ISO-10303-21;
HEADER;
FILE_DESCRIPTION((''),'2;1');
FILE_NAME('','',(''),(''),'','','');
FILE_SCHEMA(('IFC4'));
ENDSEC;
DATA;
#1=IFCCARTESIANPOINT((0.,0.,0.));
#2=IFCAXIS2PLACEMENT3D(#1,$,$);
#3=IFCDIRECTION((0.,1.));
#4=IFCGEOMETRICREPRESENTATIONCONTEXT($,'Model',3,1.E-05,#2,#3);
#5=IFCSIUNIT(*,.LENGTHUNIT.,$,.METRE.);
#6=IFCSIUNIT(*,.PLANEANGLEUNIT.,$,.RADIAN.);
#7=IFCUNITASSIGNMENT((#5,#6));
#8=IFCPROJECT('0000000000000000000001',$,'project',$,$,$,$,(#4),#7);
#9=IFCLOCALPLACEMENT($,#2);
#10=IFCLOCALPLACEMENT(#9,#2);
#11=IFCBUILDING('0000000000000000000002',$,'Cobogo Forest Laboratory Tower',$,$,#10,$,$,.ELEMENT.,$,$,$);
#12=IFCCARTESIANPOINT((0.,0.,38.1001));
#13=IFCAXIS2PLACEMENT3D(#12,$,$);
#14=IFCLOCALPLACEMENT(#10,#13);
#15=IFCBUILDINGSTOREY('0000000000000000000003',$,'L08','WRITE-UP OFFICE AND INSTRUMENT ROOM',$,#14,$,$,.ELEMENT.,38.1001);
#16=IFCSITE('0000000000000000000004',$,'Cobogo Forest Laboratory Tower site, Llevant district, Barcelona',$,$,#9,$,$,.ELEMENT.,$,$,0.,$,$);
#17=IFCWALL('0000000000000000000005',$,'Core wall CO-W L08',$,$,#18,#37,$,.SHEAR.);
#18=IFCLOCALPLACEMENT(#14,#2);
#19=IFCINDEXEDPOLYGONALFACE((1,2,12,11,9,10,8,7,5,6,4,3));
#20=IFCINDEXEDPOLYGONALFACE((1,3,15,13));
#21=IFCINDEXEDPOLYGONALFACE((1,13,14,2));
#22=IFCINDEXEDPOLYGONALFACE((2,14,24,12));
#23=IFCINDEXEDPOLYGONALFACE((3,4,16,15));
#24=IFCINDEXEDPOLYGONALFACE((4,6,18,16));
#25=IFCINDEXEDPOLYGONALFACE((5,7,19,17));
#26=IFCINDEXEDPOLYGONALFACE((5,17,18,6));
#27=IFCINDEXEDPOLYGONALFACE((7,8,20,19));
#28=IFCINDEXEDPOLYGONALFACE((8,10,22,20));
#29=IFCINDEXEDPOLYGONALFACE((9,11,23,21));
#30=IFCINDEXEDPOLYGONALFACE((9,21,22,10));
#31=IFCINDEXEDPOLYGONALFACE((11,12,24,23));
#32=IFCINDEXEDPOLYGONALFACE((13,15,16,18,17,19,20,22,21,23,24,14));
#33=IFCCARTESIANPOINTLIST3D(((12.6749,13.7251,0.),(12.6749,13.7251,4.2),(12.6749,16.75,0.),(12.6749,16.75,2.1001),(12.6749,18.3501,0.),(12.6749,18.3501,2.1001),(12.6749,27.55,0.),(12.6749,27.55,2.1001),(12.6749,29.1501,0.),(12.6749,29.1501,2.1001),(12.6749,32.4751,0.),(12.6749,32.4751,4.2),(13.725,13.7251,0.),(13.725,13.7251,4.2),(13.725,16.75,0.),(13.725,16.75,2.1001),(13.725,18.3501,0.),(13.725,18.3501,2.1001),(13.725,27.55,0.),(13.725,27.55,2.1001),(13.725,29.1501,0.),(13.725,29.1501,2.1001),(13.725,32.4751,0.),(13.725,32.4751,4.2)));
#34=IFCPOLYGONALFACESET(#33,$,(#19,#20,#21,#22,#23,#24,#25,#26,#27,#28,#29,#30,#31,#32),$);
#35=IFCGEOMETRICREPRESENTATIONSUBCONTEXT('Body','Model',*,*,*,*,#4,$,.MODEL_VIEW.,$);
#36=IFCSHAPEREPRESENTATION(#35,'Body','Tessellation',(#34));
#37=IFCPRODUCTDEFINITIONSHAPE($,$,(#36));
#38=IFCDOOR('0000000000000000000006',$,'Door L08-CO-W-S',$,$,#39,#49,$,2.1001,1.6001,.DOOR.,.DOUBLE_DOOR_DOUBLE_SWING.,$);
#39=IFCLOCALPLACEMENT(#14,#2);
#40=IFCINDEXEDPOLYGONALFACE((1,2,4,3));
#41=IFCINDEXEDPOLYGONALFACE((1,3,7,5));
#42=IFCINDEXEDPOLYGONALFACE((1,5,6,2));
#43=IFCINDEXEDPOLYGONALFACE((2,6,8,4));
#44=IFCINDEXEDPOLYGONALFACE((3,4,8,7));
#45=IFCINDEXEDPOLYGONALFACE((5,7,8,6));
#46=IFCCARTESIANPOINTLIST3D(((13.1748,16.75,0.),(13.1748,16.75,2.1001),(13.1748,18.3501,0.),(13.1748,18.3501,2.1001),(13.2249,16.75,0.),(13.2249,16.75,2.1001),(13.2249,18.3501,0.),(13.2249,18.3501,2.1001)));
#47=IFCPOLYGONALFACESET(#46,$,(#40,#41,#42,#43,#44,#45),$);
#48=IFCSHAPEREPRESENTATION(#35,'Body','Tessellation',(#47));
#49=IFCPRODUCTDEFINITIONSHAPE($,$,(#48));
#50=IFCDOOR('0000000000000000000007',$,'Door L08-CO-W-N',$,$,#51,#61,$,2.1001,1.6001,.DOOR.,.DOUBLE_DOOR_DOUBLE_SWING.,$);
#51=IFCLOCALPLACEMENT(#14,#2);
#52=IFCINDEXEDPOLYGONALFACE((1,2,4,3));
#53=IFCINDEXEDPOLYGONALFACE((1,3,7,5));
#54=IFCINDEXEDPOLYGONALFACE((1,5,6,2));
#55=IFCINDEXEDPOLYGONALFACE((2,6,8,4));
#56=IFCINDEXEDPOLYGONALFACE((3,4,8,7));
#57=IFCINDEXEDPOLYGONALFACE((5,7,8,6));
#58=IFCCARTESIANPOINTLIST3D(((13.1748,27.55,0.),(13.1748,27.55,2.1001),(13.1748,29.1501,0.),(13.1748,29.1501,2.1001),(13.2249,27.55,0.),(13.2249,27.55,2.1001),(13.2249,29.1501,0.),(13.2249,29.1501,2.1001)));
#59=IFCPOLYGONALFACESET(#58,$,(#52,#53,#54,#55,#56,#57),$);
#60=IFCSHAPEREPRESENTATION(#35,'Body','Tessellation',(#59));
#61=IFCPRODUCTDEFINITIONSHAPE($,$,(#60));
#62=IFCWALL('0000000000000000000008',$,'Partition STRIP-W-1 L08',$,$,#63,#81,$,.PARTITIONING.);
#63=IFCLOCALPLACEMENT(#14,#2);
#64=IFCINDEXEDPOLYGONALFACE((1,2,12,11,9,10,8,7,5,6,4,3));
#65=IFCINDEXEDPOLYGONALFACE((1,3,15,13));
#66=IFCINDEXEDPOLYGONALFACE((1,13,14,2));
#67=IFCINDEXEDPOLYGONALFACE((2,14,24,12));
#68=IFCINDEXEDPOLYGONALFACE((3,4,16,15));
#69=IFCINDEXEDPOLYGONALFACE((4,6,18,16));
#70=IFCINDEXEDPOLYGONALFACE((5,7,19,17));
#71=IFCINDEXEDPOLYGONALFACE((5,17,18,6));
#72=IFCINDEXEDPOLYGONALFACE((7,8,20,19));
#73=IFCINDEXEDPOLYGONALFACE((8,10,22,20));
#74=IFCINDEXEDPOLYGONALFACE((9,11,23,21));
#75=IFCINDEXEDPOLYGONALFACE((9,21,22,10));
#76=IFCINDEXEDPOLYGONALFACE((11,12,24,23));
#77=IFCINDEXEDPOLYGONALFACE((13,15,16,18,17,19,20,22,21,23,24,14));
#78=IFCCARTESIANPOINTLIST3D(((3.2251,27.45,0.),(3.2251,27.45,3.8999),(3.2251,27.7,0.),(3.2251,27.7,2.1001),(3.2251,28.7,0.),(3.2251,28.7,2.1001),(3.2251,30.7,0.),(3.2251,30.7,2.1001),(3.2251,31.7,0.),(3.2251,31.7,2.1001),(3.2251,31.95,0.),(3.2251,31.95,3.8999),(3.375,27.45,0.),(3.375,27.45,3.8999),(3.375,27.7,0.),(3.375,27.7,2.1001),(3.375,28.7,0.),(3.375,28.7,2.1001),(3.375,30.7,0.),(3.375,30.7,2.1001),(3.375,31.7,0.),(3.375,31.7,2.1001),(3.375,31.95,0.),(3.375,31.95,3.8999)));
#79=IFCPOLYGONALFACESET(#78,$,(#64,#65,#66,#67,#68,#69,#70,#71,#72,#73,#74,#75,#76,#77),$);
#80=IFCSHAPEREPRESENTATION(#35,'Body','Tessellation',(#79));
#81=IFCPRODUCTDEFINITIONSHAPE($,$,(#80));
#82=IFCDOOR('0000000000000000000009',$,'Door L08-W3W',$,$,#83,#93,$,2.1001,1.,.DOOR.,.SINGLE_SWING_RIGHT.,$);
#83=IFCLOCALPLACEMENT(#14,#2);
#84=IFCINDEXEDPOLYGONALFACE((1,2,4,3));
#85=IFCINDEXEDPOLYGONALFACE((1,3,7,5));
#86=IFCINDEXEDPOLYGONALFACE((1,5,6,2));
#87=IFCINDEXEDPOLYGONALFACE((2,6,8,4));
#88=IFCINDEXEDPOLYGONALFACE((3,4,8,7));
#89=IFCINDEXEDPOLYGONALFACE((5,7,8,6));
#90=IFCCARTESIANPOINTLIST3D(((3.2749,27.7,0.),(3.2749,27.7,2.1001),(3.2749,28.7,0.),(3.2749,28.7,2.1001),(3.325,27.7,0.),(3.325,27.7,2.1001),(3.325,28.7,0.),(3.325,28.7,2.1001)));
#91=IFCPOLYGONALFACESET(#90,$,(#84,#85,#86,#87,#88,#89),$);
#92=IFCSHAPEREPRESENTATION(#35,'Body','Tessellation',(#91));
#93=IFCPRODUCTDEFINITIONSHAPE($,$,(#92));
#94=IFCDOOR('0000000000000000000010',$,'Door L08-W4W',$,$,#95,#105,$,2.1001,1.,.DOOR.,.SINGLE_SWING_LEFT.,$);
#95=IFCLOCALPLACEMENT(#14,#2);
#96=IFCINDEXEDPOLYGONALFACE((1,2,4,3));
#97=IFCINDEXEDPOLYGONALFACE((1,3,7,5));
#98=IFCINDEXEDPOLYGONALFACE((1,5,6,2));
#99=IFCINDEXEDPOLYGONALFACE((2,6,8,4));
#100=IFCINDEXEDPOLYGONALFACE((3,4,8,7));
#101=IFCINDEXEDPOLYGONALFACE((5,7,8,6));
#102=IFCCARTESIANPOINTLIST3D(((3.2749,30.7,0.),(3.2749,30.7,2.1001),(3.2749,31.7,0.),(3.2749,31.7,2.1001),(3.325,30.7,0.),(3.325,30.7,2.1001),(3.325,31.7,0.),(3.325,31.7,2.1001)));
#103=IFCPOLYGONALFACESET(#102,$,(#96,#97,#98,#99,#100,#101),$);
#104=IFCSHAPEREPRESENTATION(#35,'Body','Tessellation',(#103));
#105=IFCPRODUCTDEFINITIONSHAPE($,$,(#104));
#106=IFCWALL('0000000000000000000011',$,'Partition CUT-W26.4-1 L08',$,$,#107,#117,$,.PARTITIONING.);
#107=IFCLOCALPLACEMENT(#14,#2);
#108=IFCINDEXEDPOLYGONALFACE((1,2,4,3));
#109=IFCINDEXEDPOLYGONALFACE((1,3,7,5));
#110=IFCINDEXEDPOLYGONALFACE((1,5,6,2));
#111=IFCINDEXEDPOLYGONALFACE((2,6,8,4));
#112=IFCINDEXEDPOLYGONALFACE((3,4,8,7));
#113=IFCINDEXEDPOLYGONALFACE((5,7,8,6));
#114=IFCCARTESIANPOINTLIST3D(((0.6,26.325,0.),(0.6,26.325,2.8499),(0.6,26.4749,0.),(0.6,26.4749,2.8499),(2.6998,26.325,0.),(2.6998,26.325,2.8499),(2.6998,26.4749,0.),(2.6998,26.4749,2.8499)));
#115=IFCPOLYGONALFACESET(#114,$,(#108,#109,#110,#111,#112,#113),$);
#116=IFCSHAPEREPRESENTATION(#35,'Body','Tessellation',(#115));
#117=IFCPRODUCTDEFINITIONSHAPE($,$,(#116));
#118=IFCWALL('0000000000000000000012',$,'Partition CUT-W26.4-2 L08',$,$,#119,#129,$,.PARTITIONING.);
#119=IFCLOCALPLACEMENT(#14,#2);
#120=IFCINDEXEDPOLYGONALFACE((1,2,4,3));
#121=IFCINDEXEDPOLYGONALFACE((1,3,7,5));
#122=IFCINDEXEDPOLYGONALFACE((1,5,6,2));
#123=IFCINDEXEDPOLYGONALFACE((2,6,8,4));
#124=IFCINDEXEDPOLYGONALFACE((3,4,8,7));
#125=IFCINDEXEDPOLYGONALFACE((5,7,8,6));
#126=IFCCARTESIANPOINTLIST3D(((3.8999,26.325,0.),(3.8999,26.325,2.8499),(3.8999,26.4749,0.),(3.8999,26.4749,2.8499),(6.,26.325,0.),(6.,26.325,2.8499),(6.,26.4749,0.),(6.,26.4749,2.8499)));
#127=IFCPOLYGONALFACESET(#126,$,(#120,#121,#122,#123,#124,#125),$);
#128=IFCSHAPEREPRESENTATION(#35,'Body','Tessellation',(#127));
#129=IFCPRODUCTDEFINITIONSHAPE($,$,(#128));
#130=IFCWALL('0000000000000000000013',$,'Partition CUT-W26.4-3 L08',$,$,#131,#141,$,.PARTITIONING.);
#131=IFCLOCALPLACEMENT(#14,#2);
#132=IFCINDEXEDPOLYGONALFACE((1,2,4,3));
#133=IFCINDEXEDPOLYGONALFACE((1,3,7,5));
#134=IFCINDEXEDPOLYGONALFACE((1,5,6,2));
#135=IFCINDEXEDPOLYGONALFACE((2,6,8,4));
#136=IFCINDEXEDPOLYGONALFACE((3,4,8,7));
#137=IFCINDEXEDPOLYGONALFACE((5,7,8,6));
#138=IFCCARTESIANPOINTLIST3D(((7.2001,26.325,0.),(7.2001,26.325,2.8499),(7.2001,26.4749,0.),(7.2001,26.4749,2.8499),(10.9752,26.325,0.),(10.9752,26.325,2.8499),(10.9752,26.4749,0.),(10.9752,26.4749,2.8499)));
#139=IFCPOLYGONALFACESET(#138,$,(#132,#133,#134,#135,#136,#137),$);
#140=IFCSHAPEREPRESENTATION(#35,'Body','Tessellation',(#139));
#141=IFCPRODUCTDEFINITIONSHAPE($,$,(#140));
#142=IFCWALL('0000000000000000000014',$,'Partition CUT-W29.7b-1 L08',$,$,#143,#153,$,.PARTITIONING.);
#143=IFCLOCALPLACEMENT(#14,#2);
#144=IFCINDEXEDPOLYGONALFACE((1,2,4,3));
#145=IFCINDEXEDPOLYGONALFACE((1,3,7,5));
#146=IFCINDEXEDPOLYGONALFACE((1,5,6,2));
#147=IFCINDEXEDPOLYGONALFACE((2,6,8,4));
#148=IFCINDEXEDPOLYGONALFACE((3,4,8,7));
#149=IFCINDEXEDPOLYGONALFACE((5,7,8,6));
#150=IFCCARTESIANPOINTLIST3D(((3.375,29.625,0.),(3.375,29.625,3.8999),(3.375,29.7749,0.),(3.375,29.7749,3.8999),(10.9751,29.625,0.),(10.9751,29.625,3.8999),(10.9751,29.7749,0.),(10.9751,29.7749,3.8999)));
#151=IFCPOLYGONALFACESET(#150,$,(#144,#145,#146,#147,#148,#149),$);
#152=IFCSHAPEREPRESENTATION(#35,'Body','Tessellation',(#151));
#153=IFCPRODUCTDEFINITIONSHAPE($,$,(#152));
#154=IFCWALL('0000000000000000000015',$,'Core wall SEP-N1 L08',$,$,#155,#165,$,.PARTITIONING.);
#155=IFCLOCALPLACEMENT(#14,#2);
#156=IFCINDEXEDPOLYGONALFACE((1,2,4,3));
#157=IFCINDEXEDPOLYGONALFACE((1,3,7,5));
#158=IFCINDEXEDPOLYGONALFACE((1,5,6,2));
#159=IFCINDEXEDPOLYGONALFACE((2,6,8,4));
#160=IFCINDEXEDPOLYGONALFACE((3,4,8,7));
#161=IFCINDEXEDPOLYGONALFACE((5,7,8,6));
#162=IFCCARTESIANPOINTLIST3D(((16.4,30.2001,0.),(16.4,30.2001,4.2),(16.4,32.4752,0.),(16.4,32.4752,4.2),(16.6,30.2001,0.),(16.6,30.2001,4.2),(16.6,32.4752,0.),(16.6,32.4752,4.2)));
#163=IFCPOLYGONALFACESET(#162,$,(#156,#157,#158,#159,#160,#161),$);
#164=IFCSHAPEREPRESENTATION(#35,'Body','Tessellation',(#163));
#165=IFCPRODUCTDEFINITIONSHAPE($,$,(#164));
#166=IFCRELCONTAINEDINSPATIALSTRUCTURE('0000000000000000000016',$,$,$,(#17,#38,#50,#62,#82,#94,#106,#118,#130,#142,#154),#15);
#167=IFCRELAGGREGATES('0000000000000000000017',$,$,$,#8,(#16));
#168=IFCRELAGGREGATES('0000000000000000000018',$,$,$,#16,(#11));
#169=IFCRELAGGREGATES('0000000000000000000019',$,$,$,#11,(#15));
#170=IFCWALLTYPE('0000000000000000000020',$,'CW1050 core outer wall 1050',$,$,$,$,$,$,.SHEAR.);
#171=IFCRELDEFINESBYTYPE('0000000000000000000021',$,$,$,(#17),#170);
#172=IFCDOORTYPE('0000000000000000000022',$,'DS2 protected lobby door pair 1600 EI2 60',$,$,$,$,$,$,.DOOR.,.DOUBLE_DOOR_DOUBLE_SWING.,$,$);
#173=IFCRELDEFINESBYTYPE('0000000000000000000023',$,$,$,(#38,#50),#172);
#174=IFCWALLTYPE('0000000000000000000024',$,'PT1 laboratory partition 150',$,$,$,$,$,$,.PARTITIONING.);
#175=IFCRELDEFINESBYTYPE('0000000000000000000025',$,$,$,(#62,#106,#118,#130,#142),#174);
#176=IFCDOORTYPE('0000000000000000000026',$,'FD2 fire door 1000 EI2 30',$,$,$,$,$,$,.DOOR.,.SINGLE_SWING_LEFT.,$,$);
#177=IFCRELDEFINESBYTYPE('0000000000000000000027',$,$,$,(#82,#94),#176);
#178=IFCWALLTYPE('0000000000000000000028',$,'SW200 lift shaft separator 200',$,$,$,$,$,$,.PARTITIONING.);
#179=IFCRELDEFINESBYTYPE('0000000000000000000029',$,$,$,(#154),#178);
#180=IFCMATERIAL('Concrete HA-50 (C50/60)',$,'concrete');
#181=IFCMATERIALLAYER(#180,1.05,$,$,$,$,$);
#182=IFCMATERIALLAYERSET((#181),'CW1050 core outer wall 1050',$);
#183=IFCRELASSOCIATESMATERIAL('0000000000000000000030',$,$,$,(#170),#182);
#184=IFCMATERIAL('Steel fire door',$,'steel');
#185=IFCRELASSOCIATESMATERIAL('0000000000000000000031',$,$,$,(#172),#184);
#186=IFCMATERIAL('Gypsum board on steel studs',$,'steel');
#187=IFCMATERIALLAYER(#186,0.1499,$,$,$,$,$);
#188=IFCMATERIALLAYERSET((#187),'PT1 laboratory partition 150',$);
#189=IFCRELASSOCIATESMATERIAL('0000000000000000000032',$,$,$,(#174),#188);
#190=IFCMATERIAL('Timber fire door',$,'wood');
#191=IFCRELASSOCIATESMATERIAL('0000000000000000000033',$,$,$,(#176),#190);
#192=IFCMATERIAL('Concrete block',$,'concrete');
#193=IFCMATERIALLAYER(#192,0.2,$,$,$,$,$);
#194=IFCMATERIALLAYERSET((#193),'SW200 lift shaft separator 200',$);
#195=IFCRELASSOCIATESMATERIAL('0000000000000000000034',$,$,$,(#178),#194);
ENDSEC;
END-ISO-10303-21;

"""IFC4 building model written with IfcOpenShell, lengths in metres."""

from ifc_helpers import new_model, si_unit, direction, frame, frame_2d, origin, place, context, subcontext, project, spatial, rectangle, extrude, material, layer, layer_set, type_object, element, fill, save


model = new_model("IFC4")

# Units and contexts
model_context = context("Model", 3, precision=1e-05, world=origin(), true_north=direction((0.0, 1.0)))
body_context = subcontext(model_context, "Body", "Model", "MODEL_VIEW")
ifc_project = project(units=[si_unit("LENGTHUNIT", "METRE"), si_unit("PLANEANGLEUNIT", "RADIAN")], contexts=[model_context])

# Site, building, storey
site_placement = place(None, origin())
site = spatial("IfcSite", under=ifc_project, at=site_placement, Name="Cobogo Forest Laboratory Tower site, Llevant district, Barcelona", CompositionType="ELEMENT", RefElevation=0.0)
building_placement = place(site_placement, origin())
building = spatial("IfcBuilding", under=site, at=building_placement, Name="Cobogo Forest Laboratory Tower", CompositionType="ELEMENT")
storey_placement = place(building_placement, frame((0.0, 0.0, 38.1001)))
storey = spatial("IfcBuildingStorey", under=building, at=storey_placement, Name="L08", Description="WRITE-UP OFFICE AND INSTRUMENT ROOM", CompositionType="ELEMENT", Elevation=38.1001)

# Shared definitions
ifc_material_1 = material(Name="Concrete HA-50 (C50/60)", Category="concrete")

# Shared definitions
ifc_material_2 = material(Name="Steel fire door", Category="steel")

# Walls, openings, doors
ifc_layer_1 = layer(ifc_material_1, 1.05)
ifc_layer_set_1 = layer_set([ifc_layer_1], Name="CW1050 core outer wall 1050")
wall_type_1 = type_object("IfcWallType", Name="CW1050 core outer wall 1050", PredefinedType="SHEAR", material=ifc_layer_set_1)
wall_1_placement = place(storey_placement, frame((13.2, 32.4751, 0.0), z_axis=(0.0, 0.0, 1.0), x_axis=(0.0, -1.0, 0.0)))
wall_1 = element("IfcWall", 1, at=wall_1_placement, inside=storey, type_object=wall_type_1, Name="Core wall CO-W L08", PredefinedType="SHEAR", context=body_context, shape_type="SweptSolid", body=[
    extrude(rectangle(XDim=18.75, YDim=1.05, at=frame_2d((9.375, 0.0))), origin(), (0.0, 0.0, 1.0), 4.2),
])
opening_1_placement = place(wall_1_placement, frame((14.125, 0.0, 0.0)))
opening_1 = element("IfcOpeningElement", 2, at=opening_1_placement, cuts=wall_1, PredefinedType="OPENING", context=body_context, shape_type="SweptSolid", body=[
    extrude(rectangle(XDim=1.6001, YDim=2.1001, at=frame_2d((0.8, 1.05))), frame((0.0, 0.5349, 0.0), z_axis=(0.0, -1.0, 0.0), x_axis=(1.0, 0.0, 0.0)), (0.0, 0.0, 1.0), 1.0701),
])
opening_2_placement = place(wall_1_placement, frame((3.325, 0.0, 0.0)))
opening_2 = element("IfcOpeningElement", 3, at=opening_2_placement, cuts=wall_1, PredefinedType="OPENING", context=body_context, shape_type="SweptSolid", body=[
    extrude(rectangle(XDim=1.6001, YDim=2.1001, at=frame_2d((0.8, 1.05))), frame((0.0, 0.5349, 0.0), z_axis=(0.0, -1.0, 0.0), x_axis=(1.0, 0.0, 0.0)), (0.0, 0.0, 1.0), 1.0701),
])
door_type_1 = type_object("IfcDoorType", Name="DS2 protected lobby door pair 1600 EI2 60", OperationType="DOUBLE_DOOR_DOUBLE_SWING", PredefinedType="DOOR", material=ifc_material_2)
door_1_placement = place(opening_1_placement, origin())
door_1 = element("IfcDoor", 4, at=door_1_placement, inside=storey, type_object=door_type_1, Name="Door L08-CO-W-S", OperationType="DOUBLE_DOOR_DOUBLE_SWING", OverallHeight=2.1001, OverallWidth=1.6001, PredefinedType="DOOR", context=body_context, shape_type="SweptSolid", body=[
    extrude(rectangle(XDim=1.6001, YDim=2.1001, at=frame_2d((0.8, 1.05))), frame((0.0, 0.0249, 0.0), z_axis=(0.0, -1.0, 0.0), x_axis=(1.0, 0.0, 0.0)), (0.0, 0.0, 1.0), 0.05),
])
fill(opening_1, door_1)
door_2_placement = place(opening_2_placement, origin())
door_2 = element("IfcDoor", 5, at=door_2_placement, inside=storey, type_object=door_type_1, Name="Door L08-CO-W-N", OperationType="DOUBLE_DOOR_DOUBLE_SWING", OverallHeight=2.1001, OverallWidth=1.6001, PredefinedType="DOOR", context=body_context, shape_type="SweptSolid", body=[
    extrude(rectangle(XDim=1.6001, YDim=2.1001, at=frame_2d((0.8, 1.05))), frame((0.0, 0.0249, 0.0), z_axis=(0.0, -1.0, 0.0), x_axis=(1.0, 0.0, 0.0)), (0.0, 0.0, 1.0), 0.05),
])
fill(opening_2, door_2)
ifc_material_3 = material(Name="Gypsum board on steel studs", Category="steel")
ifc_layer_2 = layer(ifc_material_3, 0.1499)
ifc_layer_set_2 = layer_set([ifc_layer_2], Name="PT1 laboratory partition 150")
wall_type_2 = type_object("IfcWallType", Name="PT1 laboratory partition 150", PredefinedType="PARTITIONING", material=ifc_layer_set_2)
wall_2_placement = place(storey_placement, frame((3.3, 31.95, 0.0), z_axis=(0.0, 0.0, 1.0), x_axis=(0.0, -1.0, 0.0)))
wall_2 = element("IfcWall", 6, at=wall_2_placement, inside=storey, type_object=wall_type_2, Name="Partition STRIP-W-1 L08", PredefinedType="PARTITIONING", context=body_context, shape_type="SweptSolid", body=[
    extrude(rectangle(XDim=4.5, YDim=0.1499, at=frame_2d((2.25, 0.0))), origin(), (0.0, 0.0, 1.0), 3.8999),
])
opening_3_placement = place(wall_2_placement, frame((3.25, 0.0, 0.0)))
opening_3 = element("IfcOpeningElement", 7, at=opening_3_placement, cuts=wall_2, PredefinedType="OPENING", context=body_context, shape_type="SweptSolid", body=[
    extrude(rectangle(XDim=1.0, YDim=2.1001, at=frame_2d((0.5, 1.05))), frame((0.0, 0.085, 0.0), z_axis=(0.0, -1.0, 0.0), x_axis=(1.0, 0.0, 0.0)), (0.0, 0.0, 1.0), 0.1699),
])
opening_4_placement = place(wall_2_placement, frame((0.25, 0.0, 0.0)))
opening_4 = element("IfcOpeningElement", 8, at=opening_4_placement, cuts=wall_2, PredefinedType="OPENING", context=body_context, shape_type="SweptSolid", body=[
    extrude(rectangle(XDim=1.0, YDim=2.1001, at=frame_2d((0.5, 1.05))), frame((0.0, 0.085, 0.0), z_axis=(0.0, -1.0, 0.0), x_axis=(1.0, 0.0, 0.0)), (0.0, 0.0, 1.0), 0.1699),
])
ifc_material_4 = material(Name="Timber fire door", Category="wood")
door_type_2 = type_object("IfcDoorType", Name="FD2 fire door 1000 EI2 30", OperationType="SINGLE_SWING_LEFT", PredefinedType="DOOR", material=ifc_material_4)
door_3_placement = place(opening_3_placement, origin())
door_3 = element("IfcDoor", 9, at=door_3_placement, inside=storey, type_object=door_type_2, Name="Door L08-W3W", OperationType="SINGLE_SWING_RIGHT", OverallHeight=2.1001, OverallWidth=1.0, PredefinedType="DOOR", context=body_context, shape_type="SweptSolid", body=[
    extrude(rectangle(XDim=1.0, YDim=2.1001, at=frame_2d((0.5, 1.05))), frame((0.0, 0.0249, 0.0), z_axis=(0.0, -1.0, 0.0), x_axis=(1.0, 0.0, 0.0)), (0.0, 0.0, 1.0), 0.05),
])
fill(opening_3, door_3)
door_4_placement = place(opening_4_placement, origin())
door_4 = element("IfcDoor", 10, at=door_4_placement, inside=storey, type_object=door_type_2, Name="Door L08-W4W", OperationType="SINGLE_SWING_LEFT", OverallHeight=2.1001, OverallWidth=1.0, PredefinedType="DOOR", context=body_context, shape_type="SweptSolid", body=[
    extrude(rectangle(XDim=1.0, YDim=2.1001, at=frame_2d((0.5, 1.05))), frame((0.0, 0.0249, 0.0), z_axis=(0.0, -1.0, 0.0), x_axis=(1.0, 0.0, 0.0)), (0.0, 0.0, 1.0), 0.05),
])
fill(opening_4, door_4)

# Walls
wall_3_placement = place(storey_placement, frame((0.6001, 26.3999, 0.0), z_axis=(0.0, 0.0, 1.0), x_axis=(1.0, 0.0, 0.0)))
element("IfcWall", 11, at=wall_3_placement, inside=storey, type_object=wall_type_2, Name="Partition CUT-W26.4-1 L08", PredefinedType="PARTITIONING", context=body_context, shape_type="SweptSolid", body=[
    extrude(rectangle(XDim=2.0999, YDim=0.1499, at=frame_2d((1.0498, 0.0))), origin(), (0.0, 0.0, 1.0), 2.8499),
])
wall_4_placement = place(storey_placement, frame((3.8999, 26.3999, 0.0), z_axis=(0.0, 0.0, 1.0), x_axis=(1.0, 0.0, 0.0)))
element("IfcWall", 12, at=wall_4_placement, inside=storey, type_object=wall_type_2, Name="Partition CUT-W26.4-2 L08", PredefinedType="PARTITIONING", context=body_context, shape_type="SweptSolid", body=[
    extrude(rectangle(XDim=2.1001, YDim=0.1499, at=frame_2d((1.05, 0.0))), origin(), (0.0, 0.0, 1.0), 2.8499),
])
wall_5_placement = place(storey_placement, frame((7.2, 26.3999, 0.0), z_axis=(0.0, 0.0, 1.0), x_axis=(1.0, 0.0, 0.0)))
element("IfcWall", 13, at=wall_5_placement, inside=storey, type_object=wall_type_2, Name="Partition CUT-W26.4-3 L08", PredefinedType="PARTITIONING", context=body_context, shape_type="SweptSolid", body=[
    extrude(rectangle(XDim=3.7751, YDim=0.1499, at=frame_2d((1.8877, 0.0))), origin(), (0.0, 0.0, 1.0), 2.8499),
])
wall_6_placement = place(storey_placement, frame((3.375, 29.7, 0.0), z_axis=(0.0, 0.0, 1.0), x_axis=(1.0, 0.0, 0.0)))
element("IfcWall", 14, at=wall_6_placement, inside=storey, type_object=wall_type_2, Name="Partition CUT-W29.7b-1 L08", PredefinedType="PARTITIONING", context=body_context, shape_type="SweptSolid", body=[
    extrude(rectangle(XDim=7.6001, YDim=0.1499, at=frame_2d((3.8, 0.0))), origin(), (0.0, 0.0, 1.0), 3.8999),
])
ifc_material_5 = material(Name="Concrete block", Category="concrete")
ifc_layer_3 = layer(ifc_material_5, 0.2)
ifc_layer_set_3 = layer_set([ifc_layer_3], Name="SW200 lift shaft separator 200")
wall_type_3 = type_object("IfcWallType", Name="SW200 lift shaft separator 200", PredefinedType="PARTITIONING", material=ifc_layer_set_3)
wall_7_placement = place(storey_placement, frame((16.5, 30.2, 0.0), z_axis=(0.0, 0.0, 1.0), x_axis=(0.0, 1.0, 0.0)))
element("IfcWall", 15, at=wall_7_placement, inside=storey, type_object=wall_type_3, Name="Core wall SEP-N1 L08", PredefinedType="PARTITIONING", context=body_context, shape_type="SweptSolid", body=[
    extrude(rectangle(XDim=2.2751, YDim=0.2, at=frame_2d((1.1377, 0.0))), origin(), (0.0, 0.0, 1.0), 4.2),
])

save(model, "model.ifc")
